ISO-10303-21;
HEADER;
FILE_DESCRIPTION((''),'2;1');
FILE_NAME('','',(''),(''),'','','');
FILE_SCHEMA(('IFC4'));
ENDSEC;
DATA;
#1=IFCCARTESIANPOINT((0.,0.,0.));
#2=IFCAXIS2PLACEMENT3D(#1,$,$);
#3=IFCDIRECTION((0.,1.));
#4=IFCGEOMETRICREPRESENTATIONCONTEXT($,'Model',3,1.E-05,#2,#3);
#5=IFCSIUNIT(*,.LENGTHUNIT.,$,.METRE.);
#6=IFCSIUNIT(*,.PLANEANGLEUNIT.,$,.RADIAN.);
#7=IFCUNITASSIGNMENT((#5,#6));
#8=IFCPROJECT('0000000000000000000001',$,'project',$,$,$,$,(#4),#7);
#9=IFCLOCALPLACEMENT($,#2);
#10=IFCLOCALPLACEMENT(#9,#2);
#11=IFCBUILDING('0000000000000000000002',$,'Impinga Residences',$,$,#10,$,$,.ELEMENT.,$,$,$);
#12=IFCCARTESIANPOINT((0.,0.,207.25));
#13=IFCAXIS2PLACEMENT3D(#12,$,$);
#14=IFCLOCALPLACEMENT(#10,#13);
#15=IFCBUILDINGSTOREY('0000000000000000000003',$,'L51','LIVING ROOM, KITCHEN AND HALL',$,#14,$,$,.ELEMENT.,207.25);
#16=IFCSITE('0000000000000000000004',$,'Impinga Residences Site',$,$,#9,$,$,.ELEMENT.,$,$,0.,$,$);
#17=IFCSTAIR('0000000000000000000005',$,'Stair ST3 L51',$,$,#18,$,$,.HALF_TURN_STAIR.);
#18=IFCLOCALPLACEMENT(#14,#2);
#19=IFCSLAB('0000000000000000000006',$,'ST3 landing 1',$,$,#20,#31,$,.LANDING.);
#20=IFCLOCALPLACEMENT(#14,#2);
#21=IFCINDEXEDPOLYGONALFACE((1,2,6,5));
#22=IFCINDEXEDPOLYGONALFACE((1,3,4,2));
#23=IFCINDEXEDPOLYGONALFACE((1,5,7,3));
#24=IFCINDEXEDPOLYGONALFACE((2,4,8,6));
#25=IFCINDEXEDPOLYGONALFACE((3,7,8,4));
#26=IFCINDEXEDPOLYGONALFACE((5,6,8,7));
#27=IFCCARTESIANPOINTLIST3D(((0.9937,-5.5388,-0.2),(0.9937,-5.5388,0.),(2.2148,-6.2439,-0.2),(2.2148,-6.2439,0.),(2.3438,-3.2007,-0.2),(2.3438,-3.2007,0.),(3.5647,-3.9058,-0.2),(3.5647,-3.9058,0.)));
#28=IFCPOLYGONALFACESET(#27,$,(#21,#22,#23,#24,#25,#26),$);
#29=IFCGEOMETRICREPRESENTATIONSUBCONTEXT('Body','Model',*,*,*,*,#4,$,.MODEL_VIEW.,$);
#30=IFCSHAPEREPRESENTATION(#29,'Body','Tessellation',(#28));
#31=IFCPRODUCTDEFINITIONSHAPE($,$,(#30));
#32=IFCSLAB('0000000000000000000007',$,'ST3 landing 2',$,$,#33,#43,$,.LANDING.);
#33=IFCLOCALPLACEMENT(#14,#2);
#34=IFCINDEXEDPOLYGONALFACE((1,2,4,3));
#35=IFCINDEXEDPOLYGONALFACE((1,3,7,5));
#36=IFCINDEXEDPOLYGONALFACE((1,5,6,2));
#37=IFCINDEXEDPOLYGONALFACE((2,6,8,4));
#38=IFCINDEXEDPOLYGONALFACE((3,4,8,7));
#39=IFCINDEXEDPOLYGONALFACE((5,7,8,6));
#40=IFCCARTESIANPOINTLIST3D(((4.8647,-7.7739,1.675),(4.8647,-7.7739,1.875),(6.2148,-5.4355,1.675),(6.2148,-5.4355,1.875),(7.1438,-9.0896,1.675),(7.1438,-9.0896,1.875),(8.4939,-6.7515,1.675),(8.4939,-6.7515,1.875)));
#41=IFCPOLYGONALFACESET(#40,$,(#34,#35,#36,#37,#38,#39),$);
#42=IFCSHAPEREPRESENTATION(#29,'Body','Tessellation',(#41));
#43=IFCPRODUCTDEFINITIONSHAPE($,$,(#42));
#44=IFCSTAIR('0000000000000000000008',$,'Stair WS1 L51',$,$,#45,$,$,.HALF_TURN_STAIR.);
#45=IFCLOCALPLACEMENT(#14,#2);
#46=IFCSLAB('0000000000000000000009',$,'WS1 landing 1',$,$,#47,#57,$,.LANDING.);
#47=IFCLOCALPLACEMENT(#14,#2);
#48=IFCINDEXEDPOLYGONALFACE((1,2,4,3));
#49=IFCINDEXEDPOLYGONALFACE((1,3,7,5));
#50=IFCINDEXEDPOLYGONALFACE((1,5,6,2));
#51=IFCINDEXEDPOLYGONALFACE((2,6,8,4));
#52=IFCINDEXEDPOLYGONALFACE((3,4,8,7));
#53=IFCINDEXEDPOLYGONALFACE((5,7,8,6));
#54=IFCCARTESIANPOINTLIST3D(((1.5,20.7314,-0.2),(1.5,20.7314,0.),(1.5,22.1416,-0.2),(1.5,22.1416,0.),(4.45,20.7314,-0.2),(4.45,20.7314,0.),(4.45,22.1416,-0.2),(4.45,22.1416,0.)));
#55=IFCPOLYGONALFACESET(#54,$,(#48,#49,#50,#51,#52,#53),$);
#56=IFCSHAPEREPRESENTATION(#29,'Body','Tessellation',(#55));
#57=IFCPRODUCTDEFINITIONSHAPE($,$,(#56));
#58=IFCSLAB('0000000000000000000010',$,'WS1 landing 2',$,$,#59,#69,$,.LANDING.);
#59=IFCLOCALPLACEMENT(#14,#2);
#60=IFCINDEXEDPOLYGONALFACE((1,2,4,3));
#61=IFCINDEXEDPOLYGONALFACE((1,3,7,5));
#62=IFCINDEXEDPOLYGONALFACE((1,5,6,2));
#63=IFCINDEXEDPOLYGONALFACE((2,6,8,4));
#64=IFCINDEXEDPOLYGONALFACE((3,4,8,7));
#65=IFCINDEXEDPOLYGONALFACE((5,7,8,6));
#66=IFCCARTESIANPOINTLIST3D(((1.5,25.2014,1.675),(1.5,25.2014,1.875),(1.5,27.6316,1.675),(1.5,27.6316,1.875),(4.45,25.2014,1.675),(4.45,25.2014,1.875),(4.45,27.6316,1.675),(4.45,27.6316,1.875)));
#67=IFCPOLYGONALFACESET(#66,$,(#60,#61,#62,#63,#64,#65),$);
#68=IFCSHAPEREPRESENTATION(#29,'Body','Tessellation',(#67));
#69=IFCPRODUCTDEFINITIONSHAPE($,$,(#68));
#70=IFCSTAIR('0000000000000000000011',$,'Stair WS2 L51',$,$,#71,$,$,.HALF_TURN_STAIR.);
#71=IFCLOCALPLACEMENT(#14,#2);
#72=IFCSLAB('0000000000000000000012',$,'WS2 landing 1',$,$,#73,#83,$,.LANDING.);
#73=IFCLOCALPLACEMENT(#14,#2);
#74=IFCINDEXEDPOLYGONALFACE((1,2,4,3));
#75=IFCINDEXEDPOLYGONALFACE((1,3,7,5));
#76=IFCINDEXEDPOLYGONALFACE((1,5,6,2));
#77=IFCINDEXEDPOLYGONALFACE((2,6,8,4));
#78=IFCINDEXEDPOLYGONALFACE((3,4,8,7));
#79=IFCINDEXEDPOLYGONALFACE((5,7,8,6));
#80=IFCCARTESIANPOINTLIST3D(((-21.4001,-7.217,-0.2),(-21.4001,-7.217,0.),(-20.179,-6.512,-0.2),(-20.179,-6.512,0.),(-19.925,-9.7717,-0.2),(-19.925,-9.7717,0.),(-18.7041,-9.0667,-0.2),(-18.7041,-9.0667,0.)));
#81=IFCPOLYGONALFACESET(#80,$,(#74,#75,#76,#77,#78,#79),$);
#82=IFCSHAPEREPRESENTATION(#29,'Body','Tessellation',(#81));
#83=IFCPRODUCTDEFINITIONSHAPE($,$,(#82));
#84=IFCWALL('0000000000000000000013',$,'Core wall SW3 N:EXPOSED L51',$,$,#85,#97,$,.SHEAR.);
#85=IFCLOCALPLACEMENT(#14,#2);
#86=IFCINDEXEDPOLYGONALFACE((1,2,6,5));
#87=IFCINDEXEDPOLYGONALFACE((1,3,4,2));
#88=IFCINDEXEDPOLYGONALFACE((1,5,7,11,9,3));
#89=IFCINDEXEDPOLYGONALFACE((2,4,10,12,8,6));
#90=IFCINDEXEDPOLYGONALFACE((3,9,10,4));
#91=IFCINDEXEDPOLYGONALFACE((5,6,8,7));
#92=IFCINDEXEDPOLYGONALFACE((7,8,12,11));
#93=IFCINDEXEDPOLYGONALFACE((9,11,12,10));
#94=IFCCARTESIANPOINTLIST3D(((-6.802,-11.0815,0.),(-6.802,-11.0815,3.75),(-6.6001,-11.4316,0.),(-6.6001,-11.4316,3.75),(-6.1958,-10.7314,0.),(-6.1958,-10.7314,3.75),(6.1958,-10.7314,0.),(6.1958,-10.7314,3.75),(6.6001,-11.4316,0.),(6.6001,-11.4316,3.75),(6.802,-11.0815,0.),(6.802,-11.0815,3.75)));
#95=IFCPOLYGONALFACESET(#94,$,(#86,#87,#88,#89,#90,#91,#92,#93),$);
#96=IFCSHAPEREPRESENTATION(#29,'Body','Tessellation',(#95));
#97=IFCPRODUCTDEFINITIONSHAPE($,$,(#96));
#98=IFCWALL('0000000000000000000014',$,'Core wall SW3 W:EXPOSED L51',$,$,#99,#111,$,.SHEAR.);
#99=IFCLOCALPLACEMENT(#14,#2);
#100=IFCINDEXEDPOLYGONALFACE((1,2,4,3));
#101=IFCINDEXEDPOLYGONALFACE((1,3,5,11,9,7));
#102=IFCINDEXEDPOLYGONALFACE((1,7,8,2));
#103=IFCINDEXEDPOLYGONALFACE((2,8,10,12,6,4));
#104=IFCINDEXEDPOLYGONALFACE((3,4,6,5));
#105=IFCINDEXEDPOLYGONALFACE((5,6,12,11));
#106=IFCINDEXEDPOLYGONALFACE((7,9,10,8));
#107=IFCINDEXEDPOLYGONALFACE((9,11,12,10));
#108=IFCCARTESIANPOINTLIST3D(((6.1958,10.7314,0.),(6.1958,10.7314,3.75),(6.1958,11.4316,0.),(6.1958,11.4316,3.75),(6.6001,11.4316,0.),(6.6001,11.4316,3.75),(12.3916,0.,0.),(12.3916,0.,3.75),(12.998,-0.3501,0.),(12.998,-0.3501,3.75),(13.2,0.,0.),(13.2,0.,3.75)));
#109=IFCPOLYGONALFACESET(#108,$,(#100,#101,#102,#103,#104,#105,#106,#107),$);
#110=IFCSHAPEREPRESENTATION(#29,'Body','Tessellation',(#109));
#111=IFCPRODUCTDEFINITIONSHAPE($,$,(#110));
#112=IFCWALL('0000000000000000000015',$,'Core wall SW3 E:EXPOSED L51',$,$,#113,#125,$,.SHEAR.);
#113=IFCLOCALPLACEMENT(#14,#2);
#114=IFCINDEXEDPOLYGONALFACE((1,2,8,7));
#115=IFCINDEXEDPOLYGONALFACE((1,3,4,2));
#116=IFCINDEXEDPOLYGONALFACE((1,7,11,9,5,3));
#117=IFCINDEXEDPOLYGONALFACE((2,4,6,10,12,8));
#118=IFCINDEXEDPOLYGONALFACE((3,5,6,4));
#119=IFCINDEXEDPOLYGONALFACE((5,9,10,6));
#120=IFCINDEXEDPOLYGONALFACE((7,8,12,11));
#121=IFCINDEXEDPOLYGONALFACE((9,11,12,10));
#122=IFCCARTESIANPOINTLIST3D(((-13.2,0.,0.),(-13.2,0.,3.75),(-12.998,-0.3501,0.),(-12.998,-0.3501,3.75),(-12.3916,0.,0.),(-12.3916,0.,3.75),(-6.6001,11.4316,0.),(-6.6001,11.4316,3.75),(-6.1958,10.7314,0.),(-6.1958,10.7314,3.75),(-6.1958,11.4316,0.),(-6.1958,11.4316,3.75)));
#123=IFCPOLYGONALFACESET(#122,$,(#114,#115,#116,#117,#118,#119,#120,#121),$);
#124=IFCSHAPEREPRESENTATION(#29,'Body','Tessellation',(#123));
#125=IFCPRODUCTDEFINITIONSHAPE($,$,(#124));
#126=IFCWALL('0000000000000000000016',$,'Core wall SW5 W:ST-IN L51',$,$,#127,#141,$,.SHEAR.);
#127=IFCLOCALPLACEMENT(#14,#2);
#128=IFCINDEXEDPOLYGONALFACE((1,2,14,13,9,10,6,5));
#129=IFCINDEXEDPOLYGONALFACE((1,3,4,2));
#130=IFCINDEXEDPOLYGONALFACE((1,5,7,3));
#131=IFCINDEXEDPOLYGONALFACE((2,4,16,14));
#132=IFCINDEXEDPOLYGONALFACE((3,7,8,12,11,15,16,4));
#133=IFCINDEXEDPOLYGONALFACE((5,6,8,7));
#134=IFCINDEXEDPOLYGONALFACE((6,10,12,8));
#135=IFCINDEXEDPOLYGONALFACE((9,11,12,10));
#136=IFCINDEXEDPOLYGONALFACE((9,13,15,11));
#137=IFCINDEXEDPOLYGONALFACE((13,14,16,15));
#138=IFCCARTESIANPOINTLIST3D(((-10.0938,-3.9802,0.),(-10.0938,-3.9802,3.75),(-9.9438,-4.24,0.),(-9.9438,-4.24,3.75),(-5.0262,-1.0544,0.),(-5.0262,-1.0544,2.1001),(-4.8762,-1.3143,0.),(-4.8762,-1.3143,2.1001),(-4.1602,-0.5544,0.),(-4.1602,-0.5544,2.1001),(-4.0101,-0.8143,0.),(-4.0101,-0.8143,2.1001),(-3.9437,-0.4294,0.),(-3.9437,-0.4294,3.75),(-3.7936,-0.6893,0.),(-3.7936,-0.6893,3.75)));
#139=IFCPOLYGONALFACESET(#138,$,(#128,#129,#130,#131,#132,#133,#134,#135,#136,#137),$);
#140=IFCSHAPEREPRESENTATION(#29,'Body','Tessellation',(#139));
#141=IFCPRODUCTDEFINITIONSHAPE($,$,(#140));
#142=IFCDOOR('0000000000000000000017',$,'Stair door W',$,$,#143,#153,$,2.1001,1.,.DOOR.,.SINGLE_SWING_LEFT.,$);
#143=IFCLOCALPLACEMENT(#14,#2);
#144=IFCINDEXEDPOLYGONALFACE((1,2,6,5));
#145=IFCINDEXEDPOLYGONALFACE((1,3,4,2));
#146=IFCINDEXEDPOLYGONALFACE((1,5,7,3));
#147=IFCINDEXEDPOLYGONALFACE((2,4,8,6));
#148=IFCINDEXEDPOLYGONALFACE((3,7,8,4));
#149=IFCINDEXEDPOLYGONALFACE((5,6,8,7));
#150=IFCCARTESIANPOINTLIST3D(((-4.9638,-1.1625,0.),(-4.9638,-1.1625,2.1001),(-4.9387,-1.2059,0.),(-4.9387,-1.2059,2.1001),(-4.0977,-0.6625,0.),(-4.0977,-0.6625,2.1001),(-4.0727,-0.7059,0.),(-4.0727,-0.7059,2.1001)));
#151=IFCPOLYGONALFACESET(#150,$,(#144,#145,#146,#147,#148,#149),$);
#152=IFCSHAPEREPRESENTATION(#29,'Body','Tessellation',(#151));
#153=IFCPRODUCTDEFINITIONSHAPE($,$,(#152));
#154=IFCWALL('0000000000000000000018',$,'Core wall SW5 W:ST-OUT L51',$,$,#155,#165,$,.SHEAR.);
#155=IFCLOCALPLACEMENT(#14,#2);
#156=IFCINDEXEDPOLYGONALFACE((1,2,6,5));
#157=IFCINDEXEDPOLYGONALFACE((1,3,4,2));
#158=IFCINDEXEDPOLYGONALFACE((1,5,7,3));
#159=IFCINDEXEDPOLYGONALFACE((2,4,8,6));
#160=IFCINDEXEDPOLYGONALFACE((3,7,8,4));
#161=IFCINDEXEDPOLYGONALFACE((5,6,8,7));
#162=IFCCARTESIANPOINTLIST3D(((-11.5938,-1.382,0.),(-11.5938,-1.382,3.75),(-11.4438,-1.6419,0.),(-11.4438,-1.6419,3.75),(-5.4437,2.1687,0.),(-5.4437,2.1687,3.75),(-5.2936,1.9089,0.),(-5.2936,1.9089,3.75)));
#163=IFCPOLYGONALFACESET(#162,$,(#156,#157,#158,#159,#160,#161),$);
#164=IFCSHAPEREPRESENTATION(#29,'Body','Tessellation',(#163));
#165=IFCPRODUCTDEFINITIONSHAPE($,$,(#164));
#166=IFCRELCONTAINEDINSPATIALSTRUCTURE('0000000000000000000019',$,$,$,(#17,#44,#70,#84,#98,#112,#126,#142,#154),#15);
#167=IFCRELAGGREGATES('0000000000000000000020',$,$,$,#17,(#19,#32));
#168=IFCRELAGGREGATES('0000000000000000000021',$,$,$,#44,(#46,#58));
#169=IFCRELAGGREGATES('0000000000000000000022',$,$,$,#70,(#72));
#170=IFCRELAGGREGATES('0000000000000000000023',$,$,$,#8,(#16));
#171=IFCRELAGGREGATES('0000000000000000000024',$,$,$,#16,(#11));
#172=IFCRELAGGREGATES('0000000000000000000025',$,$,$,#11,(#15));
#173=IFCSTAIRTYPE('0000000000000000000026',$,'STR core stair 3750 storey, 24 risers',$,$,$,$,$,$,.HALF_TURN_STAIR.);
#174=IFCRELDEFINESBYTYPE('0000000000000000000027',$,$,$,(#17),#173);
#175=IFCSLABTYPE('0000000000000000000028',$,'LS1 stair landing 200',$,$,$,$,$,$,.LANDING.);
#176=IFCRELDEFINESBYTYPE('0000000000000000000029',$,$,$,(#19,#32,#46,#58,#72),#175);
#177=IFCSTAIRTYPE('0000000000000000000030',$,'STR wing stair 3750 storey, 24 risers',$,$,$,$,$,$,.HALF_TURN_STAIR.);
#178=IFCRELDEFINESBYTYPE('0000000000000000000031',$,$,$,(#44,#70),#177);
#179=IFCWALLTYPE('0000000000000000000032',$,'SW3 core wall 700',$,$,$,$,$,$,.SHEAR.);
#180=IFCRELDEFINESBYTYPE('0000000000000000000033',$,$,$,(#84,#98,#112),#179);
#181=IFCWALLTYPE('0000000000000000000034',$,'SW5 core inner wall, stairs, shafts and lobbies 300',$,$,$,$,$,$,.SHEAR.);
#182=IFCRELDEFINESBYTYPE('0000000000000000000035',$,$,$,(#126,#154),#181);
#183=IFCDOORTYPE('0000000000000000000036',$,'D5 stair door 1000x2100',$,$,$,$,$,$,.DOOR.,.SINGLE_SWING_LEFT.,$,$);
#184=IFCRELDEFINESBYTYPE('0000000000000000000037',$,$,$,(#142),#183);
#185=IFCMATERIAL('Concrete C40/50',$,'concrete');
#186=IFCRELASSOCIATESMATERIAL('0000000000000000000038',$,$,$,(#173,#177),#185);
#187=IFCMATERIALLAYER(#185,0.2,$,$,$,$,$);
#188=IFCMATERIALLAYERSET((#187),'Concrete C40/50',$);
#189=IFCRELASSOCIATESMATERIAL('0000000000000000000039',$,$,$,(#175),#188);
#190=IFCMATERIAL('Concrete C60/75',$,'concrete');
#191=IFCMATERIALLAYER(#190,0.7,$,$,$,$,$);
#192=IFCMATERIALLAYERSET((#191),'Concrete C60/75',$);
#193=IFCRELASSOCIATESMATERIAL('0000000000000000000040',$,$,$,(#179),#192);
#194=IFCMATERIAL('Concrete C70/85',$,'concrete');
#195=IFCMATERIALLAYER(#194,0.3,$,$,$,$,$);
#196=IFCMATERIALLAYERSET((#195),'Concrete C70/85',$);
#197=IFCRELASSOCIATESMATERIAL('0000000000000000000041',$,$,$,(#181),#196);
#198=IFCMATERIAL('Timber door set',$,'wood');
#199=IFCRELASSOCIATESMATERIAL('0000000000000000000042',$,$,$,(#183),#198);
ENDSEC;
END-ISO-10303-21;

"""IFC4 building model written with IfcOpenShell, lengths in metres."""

from ifc_helpers import new_model, si_unit, direction, frame, frame_2d, origin, place, context, subcontext, project, spatial, polyline, rectangle, outline, extrude, material, layer, layer_set, type_object, element, fill, aggregate, save


model = new_model("IFC4")

# Units and contexts
model_context = context("Model", 3, precision=1e-05, world=origin(), true_north=direction((0.0, 1.0)))
body_context = subcontext(model_context, "Body", "Model", "MODEL_VIEW")
ifc_project = project(units=[si_unit("LENGTHUNIT", "METRE"), si_unit("PLANEANGLEUNIT", "RADIAN")], contexts=[model_context])

# Site, building, storey
site_placement = place(None, origin())
site = spatial("IfcSite", under=ifc_project, at=site_placement, Name="Impinga Residences Site", CompositionType="ELEMENT", RefElevation=0.0)
building_placement = place(site_placement, origin())
building = spatial("IfcBuilding", under=site, at=building_placement, Name="Impinga Residences", CompositionType="ELEMENT")
storey_placement = place(building_placement, frame((0.0, 0.0, 207.25)))
storey = spatial("IfcBuildingStorey", under=building, at=storey_placement, Name="L51", Description="LIVING ROOM, KITCHEN AND HALL", CompositionType="ELEMENT", Elevation=207.25)

# Shared definitions
ifc_material_1 = material(Name="Concrete C60/75", Category="concrete")

# Stairs, slabs
ifc_material_2 = material(Name="Concrete C40/50", Category="concrete")
stair_type_1 = type_object("IfcStairType", Name="STR core stair 3750 storey, 24 risers", PredefinedType="HALF_TURN_STAIR", material=ifc_material_2)
ifc_layer_1 = layer(ifc_material_2, 0.2)
ifc_layer_set_1 = layer_set([ifc_layer_1], Name="Concrete C40/50")
slab_type_1 = type_object("IfcSlabType", Name="LS1 stair landing 200", PredefinedType="LANDING", material=ifc_layer_set_1)
stair_1_placement = place(storey_placement, origin())
stair_1 = element("IfcStair", 1, at=stair_1_placement, inside=storey, type_object=stair_type_1, Name="Stair ST3 L51", PredefinedType="HALF_TURN_STAIR")
slab_1_placement = place(storey_placement, frame((0.0, 0.0, -0.2)))
slab_1 = element("IfcSlab", 2, at=slab_1_placement, type_object=slab_type_1, Name="ST3 landing 1", PredefinedType="LANDING", context=body_context, shape_type="SweptSolid", body=[
    extrude(outline(polyline([(2.3438, -3.2007), (0.9937, -5.5388), (2.2148, -6.2439), (3.5647, -3.9058), (2.3438, -3.2007)])), origin(), (0.0, 0.0, 1.0), 0.2),
])
slab_2_placement = place(storey_placement, frame((0.0, 0.0, 1.675)))
slab_2 = element("IfcSlab", 3, at=slab_2_placement, type_object=slab_type_1, Name="ST3 landing 2", PredefinedType="LANDING", context=body_context, shape_type="SweptSolid", body=[
    extrude(outline(polyline([(6.2148, -5.4355), (4.8647, -7.7739), (7.1438, -9.0896), (8.4939, -6.7515), (6.2148, -5.4355)])), origin(), (0.0, 0.0, 1.0), 0.2),
])
aggregate(stair_1, [slab_1, slab_2])
stair_type_2 = type_object("IfcStairType", Name="STR wing stair 3750 storey, 24 risers", PredefinedType="HALF_TURN_STAIR", material=ifc_material_2)
stair_2_placement = place(storey_placement, origin())
stair_2 = element("IfcStair", 4, at=stair_2_placement, inside=storey, type_object=stair_type_2, Name="Stair WS1 L51", PredefinedType="HALF_TURN_STAIR")
slab_3_placement = place(storey_placement, frame((0.0, 0.0, -0.2)))
slab_3 = element("IfcSlab", 5, at=slab_3_placement, type_object=slab_type_1, Name="WS1 landing 1", PredefinedType="LANDING", context=body_context, shape_type="SweptSolid", body=[
    extrude(outline(polyline([(1.5, 20.7314), (4.45, 20.7314), (4.45, 22.1416), (1.5, 22.1416), (1.5, 20.7314)])), origin(), (0.0, 0.0, 1.0), 0.2),
])
slab_4_placement = place(storey_placement, frame((0.0, 0.0, 1.675)))
slab_4 = element("IfcSlab", 6, at=slab_4_placement, type_object=slab_type_1, Name="WS1 landing 2", PredefinedType="LANDING", context=body_context, shape_type="SweptSolid", body=[
    extrude(outline(polyline([(1.5, 25.2014), (4.45, 25.2014), (4.45, 27.6316), (1.5, 27.6316), (1.5, 25.2014)])), origin(), (0.0, 0.0, 1.0), 0.2),
])
aggregate(stair_2, [slab_3, slab_4])

# Stair, slab
stair_3_placement = place(storey_placement, origin())
stair_3 = element("IfcStair", 7, at=stair_3_placement, inside=storey, type_object=stair_type_2, Name="Stair WS2 L51", PredefinedType="HALF_TURN_STAIR")
slab_5_placement = place(storey_placement, frame((0.0, 0.0, -0.2)))
slab_5 = element("IfcSlab", 8, at=slab_5_placement, type_object=slab_type_1, Name="WS2 landing 1", PredefinedType="LANDING", context=body_context, shape_type="SweptSolid", body=[
    extrude(outline(polyline([(-18.7041, -9.0667), (-20.179, -6.512), (-21.4001, -7.217), (-19.925, -9.7717), (-18.7041, -9.0667)])), origin(), (0.0, 0.0, 1.0), 0.2),
])
aggregate(stair_3, [slab_5])

# Walls
ifc_layer_2 = layer(ifc_material_1, 0.7)
ifc_layer_set_2 = layer_set([ifc_layer_2], Name="Concrete C60/75")
wall_type_1 = type_object("IfcWallType", Name="SW3 core wall 700", PredefinedType="SHEAR", material=ifc_layer_set_2)
wall_1_placement = place(storey_placement, origin())
element("IfcWall", 9, at=wall_1_placement, inside=storey, type_object=wall_type_1, Name="Core wall SW3 N:EXPOSED L51", PredefinedType="SHEAR", context=body_context, shape_type="SweptSolid", body=[
    extrude(outline(polyline([(-6.6001, -11.4316), (6.6001, -11.4316), (6.802, -11.0815), (6.1958, -10.7314), (-6.1958, -10.7314), (-6.802, -11.0815), (-6.6001, -11.4316)])), origin(), (0.0, 0.0, 1.0), 3.75),
])
wall_2_placement = place(storey_placement, origin())
element("IfcWall", 10, at=wall_2_placement, inside=storey, type_object=wall_type_1, Name="Core wall SW3 W:EXPOSED L51", PredefinedType="SHEAR", context=body_context, shape_type="SweptSolid", body=[
    extrude(outline(polyline([(13.2, 0.0), (6.6001, 11.4316), (6.1958, 11.4316), (6.1958, 10.7314), (12.3916, 0.0), (12.998, -0.3501), (13.2, 0.0)])), origin(), (0.0, 0.0, 1.0), 3.75),
])
wall_3_placement = place(storey_placement, origin())
element("IfcWall", 11, at=wall_3_placement, inside=storey, type_object=wall_type_1, Name="Core wall SW3 E:EXPOSED L51", PredefinedType="SHEAR", context=body_context, shape_type="SweptSolid", body=[
    extrude(outline(polyline([(-6.6001, 11.4316), (-13.2, 0.0), (-12.998, -0.3501), (-12.3916, 0.0), (-6.1958, 10.7314), (-6.1958, 11.4316), (-6.6001, 11.4316)])), origin(), (0.0, 0.0, 1.0), 3.75),
])

# Wall, opening, door
ifc_material_3 = material(Name="Concrete C70/85", Category="concrete")
ifc_layer_3 = layer(ifc_material_3, 0.3)
ifc_layer_set_3 = layer_set([ifc_layer_3], Name="Concrete C70/85")
wall_type_2 = type_object("IfcWallType", Name="SW5 core inner wall, stairs, shafts and lobbies 300", PredefinedType="SHEAR", material=ifc_layer_set_3)
wall_4_placement = place(storey_placement, frame((-3.8687, -0.5593, 0.0), z_axis=(0.0, 0.0, 1.0), x_axis=(-0.866026, -0.499999, 0.0)))
wall_4 = element("IfcWall", 12, at=wall_4_placement, inside=storey, type_object=wall_type_2, Name="Core wall SW5 W:ST-IN L51", PredefinedType="SHEAR", context=body_context, shape_type="SweptSolid", body=[
    extrude(rectangle(XDim=7.1016, YDim=0.3, at=frame_2d((3.5508, 0.0))), origin(), (0.0, 0.0, 1.0), 3.75),
])
opening_1_placement = place(wall_4_placement, frame((0.25, 0.0, 0.0)))
opening_1 = element("IfcOpeningElement", 13, at=opening_1_placement, cuts=wall_4, PredefinedType="OPENING", context=body_context, shape_type="SweptSolid", body=[
    extrude(rectangle(XDim=1.0, YDim=2.1001, at=frame_2d((0.5, 1.05))), frame((0.0, 0.1599, 0.0), z_axis=(0.0, -1.0, 0.0), x_axis=(1.0, 0.0, 0.0)), (0.0, 0.0, 1.0), 0.3201),
])
ifc_material_4 = material(Name="Timber door set", Category="wood")
door_type_1 = type_object("IfcDoorType", Name="D5 stair door 1000x2100", OperationType="SINGLE_SWING_LEFT", PredefinedType="DOOR", material=ifc_material_4)
door_1_placement = place(opening_1_placement, origin())
door_1 = element("IfcDoor", 14, at=door_1_placement, inside=storey, type_object=door_type_1, Name="Stair door W", OperationType="SINGLE_SWING_LEFT", OverallHeight=2.1001, OverallWidth=1.0, PredefinedType="DOOR", context=body_context, shape_type="SweptSolid", body=[
    extrude(rectangle(XDim=1.0, YDim=2.1001, at=frame_2d((0.5, 1.05))), frame((0.0, 0.0249, 0.0), z_axis=(0.0, -1.0, 0.0), x_axis=(1.0, 0.0, 0.0)), (0.0, 0.0, 1.0), 0.05),
])
fill(opening_1, door_1)

# Wall
wall_5_placement = place(storey_placement, frame((-5.3687, 2.0388, 0.0), z_axis=(0.0, 0.0, 1.0), x_axis=(-0.866026, -0.499999, 0.0)))
element("IfcWall", 15, at=wall_5_placement, inside=storey, type_object=wall_type_2, Name="Core wall SW5 W:ST-OUT L51", PredefinedType="SHEAR", context=body_context, shape_type="SweptSolid", body=[
    extrude(rectangle(XDim=7.1016, YDim=0.3, at=frame_2d((3.5508, 0.0))), origin(), (0.0, 0.0, 1.0), 3.75),
])

save(model, "model.ifc")
